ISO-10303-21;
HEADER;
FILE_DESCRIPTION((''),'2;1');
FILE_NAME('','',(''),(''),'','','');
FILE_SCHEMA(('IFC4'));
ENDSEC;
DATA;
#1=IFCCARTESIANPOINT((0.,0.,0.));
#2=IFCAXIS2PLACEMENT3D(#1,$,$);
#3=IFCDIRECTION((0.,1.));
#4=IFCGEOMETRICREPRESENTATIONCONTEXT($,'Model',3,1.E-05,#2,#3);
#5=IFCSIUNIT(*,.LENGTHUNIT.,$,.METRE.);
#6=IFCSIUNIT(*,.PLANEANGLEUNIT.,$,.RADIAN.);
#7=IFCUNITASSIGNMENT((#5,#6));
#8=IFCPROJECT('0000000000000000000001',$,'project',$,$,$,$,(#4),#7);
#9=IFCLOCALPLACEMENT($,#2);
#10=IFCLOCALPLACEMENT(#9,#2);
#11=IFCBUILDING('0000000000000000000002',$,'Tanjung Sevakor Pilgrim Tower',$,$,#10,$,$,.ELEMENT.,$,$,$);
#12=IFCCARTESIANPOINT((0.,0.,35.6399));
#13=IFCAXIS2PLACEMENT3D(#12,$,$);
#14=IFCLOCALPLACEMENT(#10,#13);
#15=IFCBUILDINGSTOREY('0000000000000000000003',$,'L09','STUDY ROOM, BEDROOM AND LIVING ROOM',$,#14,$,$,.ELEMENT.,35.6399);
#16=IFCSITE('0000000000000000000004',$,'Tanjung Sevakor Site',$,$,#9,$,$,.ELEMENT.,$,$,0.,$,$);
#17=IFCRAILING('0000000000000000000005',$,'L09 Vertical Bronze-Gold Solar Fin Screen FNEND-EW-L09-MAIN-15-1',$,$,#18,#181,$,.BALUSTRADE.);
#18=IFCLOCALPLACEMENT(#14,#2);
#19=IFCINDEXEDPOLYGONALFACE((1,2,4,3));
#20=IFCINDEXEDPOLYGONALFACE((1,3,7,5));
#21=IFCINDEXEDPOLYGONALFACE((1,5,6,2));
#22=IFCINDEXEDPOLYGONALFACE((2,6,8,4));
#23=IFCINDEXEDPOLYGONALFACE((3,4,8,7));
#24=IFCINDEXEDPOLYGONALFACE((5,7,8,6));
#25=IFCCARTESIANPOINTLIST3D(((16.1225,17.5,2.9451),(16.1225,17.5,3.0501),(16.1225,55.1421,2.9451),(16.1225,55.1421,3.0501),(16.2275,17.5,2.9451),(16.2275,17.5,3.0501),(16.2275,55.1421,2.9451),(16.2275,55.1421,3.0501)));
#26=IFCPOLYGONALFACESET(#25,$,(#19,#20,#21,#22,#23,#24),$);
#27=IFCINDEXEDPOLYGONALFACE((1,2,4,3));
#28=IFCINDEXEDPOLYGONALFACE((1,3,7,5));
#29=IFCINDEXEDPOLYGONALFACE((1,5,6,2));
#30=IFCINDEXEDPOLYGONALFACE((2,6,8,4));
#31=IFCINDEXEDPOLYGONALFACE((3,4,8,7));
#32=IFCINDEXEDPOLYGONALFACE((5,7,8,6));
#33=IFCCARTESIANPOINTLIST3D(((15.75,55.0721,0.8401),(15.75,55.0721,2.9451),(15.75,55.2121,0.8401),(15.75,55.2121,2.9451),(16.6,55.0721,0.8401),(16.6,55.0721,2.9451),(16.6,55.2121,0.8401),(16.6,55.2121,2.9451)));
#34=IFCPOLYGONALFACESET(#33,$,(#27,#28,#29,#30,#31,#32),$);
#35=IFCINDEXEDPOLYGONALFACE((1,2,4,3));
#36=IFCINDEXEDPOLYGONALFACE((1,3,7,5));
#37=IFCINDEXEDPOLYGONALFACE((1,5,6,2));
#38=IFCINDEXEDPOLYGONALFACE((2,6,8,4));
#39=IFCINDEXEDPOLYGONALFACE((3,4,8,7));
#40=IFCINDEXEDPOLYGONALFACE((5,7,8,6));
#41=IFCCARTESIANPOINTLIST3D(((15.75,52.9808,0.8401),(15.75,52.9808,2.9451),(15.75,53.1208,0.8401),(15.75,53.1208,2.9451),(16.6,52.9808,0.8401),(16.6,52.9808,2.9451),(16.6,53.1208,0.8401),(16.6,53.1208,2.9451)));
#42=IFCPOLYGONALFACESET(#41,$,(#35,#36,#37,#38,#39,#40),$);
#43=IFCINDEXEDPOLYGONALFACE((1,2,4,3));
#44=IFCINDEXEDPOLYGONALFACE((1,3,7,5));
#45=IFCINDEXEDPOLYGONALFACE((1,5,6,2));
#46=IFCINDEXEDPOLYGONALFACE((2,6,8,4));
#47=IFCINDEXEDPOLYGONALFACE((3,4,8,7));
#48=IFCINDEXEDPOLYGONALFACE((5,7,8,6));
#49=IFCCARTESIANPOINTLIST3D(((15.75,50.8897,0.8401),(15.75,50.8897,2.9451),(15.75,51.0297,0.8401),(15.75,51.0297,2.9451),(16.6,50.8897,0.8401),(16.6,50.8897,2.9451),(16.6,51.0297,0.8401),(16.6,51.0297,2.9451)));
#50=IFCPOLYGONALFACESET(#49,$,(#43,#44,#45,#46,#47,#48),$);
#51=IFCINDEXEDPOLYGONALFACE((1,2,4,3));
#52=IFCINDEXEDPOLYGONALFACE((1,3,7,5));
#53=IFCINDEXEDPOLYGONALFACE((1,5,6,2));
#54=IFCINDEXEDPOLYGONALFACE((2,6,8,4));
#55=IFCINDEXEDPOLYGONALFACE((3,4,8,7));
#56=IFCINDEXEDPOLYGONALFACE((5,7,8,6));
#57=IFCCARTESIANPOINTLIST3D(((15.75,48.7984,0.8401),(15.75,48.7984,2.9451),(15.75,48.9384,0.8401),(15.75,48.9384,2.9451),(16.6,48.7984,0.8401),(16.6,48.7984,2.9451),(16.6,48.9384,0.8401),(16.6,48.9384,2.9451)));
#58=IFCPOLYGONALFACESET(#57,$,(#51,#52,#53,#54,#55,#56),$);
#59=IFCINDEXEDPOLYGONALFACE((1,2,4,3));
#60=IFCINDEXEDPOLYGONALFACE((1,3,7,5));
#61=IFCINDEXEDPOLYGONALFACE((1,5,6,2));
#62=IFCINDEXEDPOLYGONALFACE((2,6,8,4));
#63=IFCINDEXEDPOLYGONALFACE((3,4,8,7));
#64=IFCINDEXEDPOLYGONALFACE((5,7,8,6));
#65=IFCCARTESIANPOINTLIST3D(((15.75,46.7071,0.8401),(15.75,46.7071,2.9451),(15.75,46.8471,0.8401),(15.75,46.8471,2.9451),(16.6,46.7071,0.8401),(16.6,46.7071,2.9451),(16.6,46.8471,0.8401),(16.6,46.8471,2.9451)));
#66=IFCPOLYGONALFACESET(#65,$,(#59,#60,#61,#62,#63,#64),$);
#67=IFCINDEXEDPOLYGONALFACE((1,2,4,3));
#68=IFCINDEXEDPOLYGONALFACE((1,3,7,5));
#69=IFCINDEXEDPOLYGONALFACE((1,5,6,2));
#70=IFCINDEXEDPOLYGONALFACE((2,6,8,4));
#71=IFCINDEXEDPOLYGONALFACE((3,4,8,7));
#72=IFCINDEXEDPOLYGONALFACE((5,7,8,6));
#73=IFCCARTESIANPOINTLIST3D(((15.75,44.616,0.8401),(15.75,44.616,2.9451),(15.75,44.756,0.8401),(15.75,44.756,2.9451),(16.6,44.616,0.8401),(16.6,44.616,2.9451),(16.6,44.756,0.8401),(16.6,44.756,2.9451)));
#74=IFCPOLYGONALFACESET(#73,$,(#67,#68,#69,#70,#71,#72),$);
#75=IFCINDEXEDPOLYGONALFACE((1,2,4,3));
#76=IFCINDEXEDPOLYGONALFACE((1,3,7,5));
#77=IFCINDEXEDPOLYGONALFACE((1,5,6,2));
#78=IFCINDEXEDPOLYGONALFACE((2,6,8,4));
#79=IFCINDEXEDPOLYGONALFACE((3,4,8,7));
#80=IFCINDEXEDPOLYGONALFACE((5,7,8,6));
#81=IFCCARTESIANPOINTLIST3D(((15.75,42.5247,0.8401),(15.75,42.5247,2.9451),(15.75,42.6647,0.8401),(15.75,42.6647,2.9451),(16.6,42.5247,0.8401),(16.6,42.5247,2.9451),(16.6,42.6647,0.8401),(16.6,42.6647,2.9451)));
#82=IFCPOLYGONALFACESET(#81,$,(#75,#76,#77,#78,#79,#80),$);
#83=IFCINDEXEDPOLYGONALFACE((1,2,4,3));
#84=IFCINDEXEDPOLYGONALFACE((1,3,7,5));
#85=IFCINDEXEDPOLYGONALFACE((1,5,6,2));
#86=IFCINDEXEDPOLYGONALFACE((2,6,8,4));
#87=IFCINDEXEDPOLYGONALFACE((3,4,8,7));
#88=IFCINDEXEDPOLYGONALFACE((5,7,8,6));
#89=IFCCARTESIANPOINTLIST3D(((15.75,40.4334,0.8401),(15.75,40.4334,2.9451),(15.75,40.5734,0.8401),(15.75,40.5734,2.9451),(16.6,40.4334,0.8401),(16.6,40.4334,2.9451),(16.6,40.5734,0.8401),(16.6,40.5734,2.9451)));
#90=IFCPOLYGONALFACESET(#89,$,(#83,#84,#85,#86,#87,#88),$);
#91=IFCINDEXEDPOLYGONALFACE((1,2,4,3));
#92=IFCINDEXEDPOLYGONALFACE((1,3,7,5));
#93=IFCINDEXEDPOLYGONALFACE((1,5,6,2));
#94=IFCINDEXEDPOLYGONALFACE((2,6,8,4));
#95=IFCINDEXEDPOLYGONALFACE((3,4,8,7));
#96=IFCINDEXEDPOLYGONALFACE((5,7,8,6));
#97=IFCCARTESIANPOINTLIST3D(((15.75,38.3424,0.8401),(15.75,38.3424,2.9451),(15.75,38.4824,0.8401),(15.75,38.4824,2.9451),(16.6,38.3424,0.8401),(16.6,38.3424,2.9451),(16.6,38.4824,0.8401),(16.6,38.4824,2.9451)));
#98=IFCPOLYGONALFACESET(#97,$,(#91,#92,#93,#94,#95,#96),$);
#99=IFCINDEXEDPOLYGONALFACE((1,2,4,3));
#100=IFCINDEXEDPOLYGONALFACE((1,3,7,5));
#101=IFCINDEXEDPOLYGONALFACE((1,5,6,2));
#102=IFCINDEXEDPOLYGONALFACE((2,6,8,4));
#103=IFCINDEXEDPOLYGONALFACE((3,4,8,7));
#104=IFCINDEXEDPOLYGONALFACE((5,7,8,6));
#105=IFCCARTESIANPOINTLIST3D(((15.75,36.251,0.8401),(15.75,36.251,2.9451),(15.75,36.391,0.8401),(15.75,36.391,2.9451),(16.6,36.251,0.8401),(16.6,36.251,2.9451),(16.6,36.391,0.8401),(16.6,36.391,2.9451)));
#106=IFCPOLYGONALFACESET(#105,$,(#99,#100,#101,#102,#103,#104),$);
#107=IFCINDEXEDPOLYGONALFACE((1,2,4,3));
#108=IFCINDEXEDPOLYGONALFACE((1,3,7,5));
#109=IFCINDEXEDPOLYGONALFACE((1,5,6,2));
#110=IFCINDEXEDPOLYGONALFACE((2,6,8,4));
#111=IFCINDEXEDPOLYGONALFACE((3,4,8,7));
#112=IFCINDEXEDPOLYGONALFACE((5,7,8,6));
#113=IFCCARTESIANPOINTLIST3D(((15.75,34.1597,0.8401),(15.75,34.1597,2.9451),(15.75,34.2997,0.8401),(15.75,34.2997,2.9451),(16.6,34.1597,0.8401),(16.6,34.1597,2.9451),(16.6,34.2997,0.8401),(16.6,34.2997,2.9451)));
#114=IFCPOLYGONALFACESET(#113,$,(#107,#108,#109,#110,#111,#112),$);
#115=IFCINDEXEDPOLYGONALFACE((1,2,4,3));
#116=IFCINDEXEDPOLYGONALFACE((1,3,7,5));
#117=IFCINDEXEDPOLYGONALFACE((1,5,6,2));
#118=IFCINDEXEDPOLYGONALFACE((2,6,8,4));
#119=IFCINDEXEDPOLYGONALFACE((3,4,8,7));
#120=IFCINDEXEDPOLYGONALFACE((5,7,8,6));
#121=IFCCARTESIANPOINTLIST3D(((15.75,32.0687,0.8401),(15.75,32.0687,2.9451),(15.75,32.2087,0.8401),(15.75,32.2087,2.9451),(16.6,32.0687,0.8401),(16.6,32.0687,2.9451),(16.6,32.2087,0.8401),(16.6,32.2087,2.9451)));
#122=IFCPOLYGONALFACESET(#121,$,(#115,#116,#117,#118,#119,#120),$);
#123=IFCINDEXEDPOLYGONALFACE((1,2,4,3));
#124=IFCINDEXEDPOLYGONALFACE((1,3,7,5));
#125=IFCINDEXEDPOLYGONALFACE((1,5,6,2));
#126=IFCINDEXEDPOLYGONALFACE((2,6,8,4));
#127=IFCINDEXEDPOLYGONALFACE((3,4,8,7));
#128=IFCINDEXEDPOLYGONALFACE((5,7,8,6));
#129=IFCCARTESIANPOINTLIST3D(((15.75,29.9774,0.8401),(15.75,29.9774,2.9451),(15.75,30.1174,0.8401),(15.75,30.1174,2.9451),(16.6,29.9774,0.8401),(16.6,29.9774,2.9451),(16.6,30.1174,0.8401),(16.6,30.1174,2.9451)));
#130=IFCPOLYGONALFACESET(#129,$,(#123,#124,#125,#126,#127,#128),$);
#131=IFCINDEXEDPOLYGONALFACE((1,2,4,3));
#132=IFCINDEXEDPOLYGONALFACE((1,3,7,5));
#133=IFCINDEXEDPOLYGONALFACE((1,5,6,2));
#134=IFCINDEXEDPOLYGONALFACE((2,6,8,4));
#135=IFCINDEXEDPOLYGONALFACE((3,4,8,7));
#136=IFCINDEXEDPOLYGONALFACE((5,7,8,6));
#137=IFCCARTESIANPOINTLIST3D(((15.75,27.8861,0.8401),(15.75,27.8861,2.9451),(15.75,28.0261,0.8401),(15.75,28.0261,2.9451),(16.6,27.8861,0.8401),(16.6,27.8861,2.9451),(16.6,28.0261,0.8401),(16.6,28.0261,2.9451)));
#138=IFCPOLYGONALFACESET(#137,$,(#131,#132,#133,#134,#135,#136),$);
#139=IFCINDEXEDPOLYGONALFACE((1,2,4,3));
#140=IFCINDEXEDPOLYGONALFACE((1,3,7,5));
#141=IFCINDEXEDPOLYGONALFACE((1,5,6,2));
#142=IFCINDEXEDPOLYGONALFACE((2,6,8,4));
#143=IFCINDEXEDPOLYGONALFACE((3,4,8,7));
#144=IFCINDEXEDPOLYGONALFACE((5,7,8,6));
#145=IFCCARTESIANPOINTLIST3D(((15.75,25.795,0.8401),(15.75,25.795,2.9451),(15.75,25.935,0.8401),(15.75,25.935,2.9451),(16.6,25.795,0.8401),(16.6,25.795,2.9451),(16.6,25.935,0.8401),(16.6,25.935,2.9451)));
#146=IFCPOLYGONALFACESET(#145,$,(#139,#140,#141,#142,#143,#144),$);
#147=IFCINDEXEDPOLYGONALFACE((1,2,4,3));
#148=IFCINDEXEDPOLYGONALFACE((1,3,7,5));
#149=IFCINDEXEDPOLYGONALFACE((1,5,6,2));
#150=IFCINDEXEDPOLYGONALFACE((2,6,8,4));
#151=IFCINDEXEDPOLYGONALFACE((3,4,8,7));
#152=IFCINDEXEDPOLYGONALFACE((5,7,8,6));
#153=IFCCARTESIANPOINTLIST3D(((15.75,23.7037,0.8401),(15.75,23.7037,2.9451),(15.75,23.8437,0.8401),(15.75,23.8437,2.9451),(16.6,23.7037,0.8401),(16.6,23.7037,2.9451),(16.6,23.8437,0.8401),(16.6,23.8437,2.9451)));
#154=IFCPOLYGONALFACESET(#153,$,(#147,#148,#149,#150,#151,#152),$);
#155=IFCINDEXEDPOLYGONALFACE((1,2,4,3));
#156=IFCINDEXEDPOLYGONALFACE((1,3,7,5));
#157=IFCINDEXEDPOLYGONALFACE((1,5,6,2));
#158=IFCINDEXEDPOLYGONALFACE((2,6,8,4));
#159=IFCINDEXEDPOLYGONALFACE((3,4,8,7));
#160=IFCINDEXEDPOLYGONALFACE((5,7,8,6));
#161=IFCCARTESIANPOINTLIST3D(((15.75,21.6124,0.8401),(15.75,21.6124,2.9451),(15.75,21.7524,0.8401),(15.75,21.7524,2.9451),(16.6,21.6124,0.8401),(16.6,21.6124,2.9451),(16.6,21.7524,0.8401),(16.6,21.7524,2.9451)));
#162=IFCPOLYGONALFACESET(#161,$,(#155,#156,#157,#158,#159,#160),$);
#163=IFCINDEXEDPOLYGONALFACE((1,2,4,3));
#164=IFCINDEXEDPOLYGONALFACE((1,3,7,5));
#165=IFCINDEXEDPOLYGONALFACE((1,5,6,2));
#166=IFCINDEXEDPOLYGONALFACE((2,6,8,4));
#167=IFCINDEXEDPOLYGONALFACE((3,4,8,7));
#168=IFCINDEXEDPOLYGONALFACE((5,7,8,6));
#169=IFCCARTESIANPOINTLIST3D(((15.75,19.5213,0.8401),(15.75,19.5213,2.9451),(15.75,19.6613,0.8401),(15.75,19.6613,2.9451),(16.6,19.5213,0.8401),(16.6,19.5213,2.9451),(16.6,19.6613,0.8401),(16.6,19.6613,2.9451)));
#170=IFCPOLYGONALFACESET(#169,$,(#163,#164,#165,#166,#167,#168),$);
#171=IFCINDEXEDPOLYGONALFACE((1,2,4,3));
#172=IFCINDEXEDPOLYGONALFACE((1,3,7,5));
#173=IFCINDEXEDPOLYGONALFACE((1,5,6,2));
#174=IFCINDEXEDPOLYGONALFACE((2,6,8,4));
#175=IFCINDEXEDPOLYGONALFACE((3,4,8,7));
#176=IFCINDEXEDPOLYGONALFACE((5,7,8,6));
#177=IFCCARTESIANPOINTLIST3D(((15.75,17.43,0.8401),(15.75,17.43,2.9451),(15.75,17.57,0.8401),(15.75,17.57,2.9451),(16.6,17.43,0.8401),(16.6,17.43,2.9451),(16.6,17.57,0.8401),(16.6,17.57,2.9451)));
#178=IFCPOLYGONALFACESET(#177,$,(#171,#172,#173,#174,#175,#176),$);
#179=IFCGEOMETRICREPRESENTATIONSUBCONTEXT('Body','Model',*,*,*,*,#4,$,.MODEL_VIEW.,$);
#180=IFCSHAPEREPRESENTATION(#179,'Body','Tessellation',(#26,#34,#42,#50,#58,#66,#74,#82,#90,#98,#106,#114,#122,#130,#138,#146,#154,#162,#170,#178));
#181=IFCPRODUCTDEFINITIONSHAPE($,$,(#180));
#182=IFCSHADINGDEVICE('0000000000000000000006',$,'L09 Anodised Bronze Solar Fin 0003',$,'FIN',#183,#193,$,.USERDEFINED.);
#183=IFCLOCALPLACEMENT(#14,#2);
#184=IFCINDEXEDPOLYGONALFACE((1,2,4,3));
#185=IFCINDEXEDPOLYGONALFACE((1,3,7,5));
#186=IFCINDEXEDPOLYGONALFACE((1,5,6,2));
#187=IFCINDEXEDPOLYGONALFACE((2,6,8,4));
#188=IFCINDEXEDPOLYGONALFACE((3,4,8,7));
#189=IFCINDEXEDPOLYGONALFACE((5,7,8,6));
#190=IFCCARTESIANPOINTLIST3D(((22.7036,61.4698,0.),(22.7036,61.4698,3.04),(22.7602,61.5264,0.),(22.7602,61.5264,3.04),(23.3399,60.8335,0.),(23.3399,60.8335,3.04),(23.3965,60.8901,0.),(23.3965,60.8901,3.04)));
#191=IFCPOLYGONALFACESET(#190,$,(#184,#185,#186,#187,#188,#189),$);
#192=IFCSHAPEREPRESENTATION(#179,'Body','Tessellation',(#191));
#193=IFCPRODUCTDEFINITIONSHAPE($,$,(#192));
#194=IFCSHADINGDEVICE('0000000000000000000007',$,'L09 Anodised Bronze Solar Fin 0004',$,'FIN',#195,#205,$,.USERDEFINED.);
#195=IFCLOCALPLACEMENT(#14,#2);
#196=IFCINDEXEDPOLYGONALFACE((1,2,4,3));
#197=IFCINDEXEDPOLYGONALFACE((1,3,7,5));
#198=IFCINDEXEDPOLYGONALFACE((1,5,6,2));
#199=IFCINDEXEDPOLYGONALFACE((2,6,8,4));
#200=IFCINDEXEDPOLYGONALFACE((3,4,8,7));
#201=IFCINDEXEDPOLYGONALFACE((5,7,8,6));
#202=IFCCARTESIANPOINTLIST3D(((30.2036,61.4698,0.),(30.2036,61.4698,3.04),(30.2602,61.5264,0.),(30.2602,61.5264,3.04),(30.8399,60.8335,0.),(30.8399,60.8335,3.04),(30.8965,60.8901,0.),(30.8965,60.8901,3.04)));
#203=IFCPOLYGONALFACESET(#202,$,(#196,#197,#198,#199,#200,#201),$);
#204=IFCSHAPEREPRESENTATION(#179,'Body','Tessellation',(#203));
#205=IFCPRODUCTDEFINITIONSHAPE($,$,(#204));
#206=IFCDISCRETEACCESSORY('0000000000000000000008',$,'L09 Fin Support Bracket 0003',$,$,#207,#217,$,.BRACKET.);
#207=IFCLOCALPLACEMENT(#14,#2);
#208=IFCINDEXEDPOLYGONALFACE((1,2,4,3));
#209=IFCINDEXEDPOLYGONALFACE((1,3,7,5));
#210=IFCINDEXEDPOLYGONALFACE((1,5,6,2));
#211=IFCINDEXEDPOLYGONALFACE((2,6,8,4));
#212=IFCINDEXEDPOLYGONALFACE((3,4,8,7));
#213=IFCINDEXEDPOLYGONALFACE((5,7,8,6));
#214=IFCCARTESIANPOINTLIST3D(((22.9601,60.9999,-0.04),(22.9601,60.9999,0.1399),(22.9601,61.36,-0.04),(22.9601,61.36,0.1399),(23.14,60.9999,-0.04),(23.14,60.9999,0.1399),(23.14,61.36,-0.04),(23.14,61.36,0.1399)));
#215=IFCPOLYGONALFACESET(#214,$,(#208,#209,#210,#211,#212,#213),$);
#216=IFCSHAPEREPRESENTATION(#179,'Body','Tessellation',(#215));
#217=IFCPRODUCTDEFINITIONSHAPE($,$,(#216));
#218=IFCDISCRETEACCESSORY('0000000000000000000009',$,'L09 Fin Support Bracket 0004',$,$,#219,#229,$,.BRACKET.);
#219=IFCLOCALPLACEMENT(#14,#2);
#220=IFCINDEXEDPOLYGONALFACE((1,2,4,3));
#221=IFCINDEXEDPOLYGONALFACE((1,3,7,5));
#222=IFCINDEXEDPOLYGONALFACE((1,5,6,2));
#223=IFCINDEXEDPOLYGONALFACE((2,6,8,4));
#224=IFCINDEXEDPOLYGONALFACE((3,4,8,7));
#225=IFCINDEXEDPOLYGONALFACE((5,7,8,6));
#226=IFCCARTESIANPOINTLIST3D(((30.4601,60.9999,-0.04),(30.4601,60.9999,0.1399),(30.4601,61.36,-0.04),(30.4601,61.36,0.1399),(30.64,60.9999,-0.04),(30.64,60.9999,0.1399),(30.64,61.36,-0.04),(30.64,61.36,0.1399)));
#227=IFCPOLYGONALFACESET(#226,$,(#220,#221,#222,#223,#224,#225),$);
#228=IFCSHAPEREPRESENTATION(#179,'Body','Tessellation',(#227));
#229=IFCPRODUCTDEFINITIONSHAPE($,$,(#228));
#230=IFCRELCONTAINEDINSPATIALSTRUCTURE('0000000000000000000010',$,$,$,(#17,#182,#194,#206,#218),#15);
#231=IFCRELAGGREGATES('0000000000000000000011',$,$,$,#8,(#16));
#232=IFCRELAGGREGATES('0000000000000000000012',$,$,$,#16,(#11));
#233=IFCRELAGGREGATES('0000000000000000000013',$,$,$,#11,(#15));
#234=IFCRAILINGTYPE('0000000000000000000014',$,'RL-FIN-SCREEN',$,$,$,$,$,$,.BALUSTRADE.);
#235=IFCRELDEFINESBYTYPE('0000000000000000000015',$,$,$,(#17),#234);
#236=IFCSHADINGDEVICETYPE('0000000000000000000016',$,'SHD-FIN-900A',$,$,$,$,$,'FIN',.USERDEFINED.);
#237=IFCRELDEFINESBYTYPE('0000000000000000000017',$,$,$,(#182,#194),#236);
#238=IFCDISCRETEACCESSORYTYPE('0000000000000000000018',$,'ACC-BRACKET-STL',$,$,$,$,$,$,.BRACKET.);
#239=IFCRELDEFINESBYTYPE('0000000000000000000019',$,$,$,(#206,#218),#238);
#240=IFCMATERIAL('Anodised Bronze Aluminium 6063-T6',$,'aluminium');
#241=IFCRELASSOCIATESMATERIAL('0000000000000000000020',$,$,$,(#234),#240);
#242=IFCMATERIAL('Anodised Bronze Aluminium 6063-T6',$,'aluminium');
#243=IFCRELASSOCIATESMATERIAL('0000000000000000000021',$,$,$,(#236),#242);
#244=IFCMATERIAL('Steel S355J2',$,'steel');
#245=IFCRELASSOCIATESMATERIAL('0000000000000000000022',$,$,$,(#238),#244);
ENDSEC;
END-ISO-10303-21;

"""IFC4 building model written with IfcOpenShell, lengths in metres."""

from ifc_helpers import new_model, si_unit, direction, frame, origin, origin_2d, place, context, subcontext, project, spatial, rectangle, extrude, material, type_object, element, save


model = new_model("IFC4")

# Units and contexts
model_context = context("Model", 3, precision=1e-05, world=origin(), true_north=direction((0.0, 1.0)))
body_context = subcontext(model_context, "Body", "Model", "MODEL_VIEW")
ifc_project = project(units=[si_unit("LENGTHUNIT", "METRE"), si_unit("PLANEANGLEUNIT", "RADIAN")], contexts=[model_context])

# Site, building, storey
site_placement = place(None, origin())
site = spatial("IfcSite", under=ifc_project, at=site_placement, Name="Tanjung Sevakor Site", CompositionType="ELEMENT", RefElevation=0.0)
building_placement = place(site_placement, origin())
building = spatial("IfcBuilding", under=site, at=building_placement, Name="Tanjung Sevakor Pilgrim Tower", CompositionType="ELEMENT")
storey_placement = place(building_placement, frame((0.0, 0.0, 35.6399)))
storey = spatial("IfcBuildingStorey", under=building, at=storey_placement, Name="L09", Description="STUDY ROOM, BEDROOM AND LIVING ROOM", CompositionType="ELEMENT", Elevation=35.6399)

# Railing
ifc_material_1 = material(Name="Anodised Bronze Aluminium 6063-T6", Category="aluminium")
railing_type_1 = type_object("IfcRailingType", Name="RL-FIN-SCREEN", PredefinedType="BALUSTRADE", material=ifc_material_1)
railing_1_placement = place(storey_placement, frame((16.175, 55.1421, 0.8401)))
element("IfcRailing", 1, at=railing_1_placement, inside=storey, type_object=railing_type_1, Name="L09 Vertical Bronze-Gold Solar Fin Screen FNEND-EW-L09-MAIN-15-1", PredefinedType="BALUSTRADE", context=body_context, shape_type="SweptSolid", body=[
    extrude(rectangle(XDim=0.105, YDim=0.105), frame((0.0, 0.0, 2.1575), z_axis=(0.0, -1.0, 0.0), x_axis=(1.0, 0.0, 0.0)), (0.0, 0.0, 1.0), 37.6421),
    extrude(rectangle(XDim=0.85, YDim=0.14), origin(), (0.0, 0.0, 1.0), 2.105),
    extrude(rectangle(XDim=0.85, YDim=0.14), frame((0.0, -2.0913, 0.0)), (0.0, 0.0, 1.0), 2.105),
    extrude(rectangle(XDim=0.85, YDim=0.14), frame((0.0, -4.1824, 0.0)), (0.0, 0.0, 1.0), 2.105),
    extrude(rectangle(XDim=0.85, YDim=0.14), frame((0.0, -6.2737, 0.0)), (0.0, 0.0, 1.0), 2.105),
    extrude(rectangle(XDim=0.85, YDim=0.14), frame((0.0, -8.365, 0.0)), (0.0, 0.0, 1.0), 2.105),
    extrude(rectangle(XDim=0.85, YDim=0.14), frame((0.0, -10.4561, 0.0)), (0.0, 0.0, 1.0), 2.105),
    extrude(rectangle(XDim=0.85, YDim=0.14), frame((0.0, -12.5474, 0.0)), (0.0, 0.0, 1.0), 2.105),
    extrude(rectangle(XDim=0.85, YDim=0.14), frame((0.0, -14.6387, 0.0)), (0.0, 0.0, 1.0), 2.105),
    extrude(rectangle(XDim=0.85, YDim=0.14), frame((0.0, -16.7297, 0.0)), (0.0, 0.0, 1.0), 2.105),
    extrude(rectangle(XDim=0.85, YDim=0.14), frame((0.0, -18.821, 0.0)), (0.0, 0.0, 1.0), 2.105),
    extrude(rectangle(XDim=0.85, YDim=0.14), frame((0.0, -20.9124, 0.0)), (0.0, 0.0, 1.0), 2.105),
    extrude(rectangle(XDim=0.85, YDim=0.14), frame((0.0, -23.0034, 0.0)), (0.0, 0.0, 1.0), 2.105),
    extrude(rectangle(XDim=0.85, YDim=0.14), frame((0.0, -25.0947, 0.0)), (0.0, 0.0, 1.0), 2.105),
    extrude(rectangle(XDim=0.85, YDim=0.14), frame((0.0, -27.186, 0.0)), (0.0, 0.0, 1.0), 2.105),
    extrude(rectangle(XDim=0.85, YDim=0.14), frame((0.0, -29.2771, 0.0)), (0.0, 0.0, 1.0), 2.105),
    extrude(rectangle(XDim=0.85, YDim=0.14), frame((0.0, -31.3684, 0.0)), (0.0, 0.0, 1.0), 2.105),
    extrude(rectangle(XDim=0.85, YDim=0.14), frame((0.0, -33.4597, 0.0)), (0.0, 0.0, 1.0), 2.105),
    extrude(rectangle(XDim=0.85, YDim=0.14), frame((0.0, -35.5508, 0.0)), (0.0, 0.0, 1.0), 2.105),
    extrude(rectangle(XDim=0.85, YDim=0.14), frame((0.0, -37.6421, 0.0)), (0.0, 0.0, 1.0), 2.105),
])

# Shading devices
ifc_material_2 = material(Name="Anodised Bronze Aluminium 6063-T6", Category="aluminium")
shading_device_type = type_object("IfcShadingDeviceType", Name="SHD-FIN-900A", ElementType="FIN", PredefinedType="USERDEFINED", material=ifc_material_2)
for number, where, z_axis, x_axis, name in (
    (2, (23.05, 61.1799, 0.0), (0.0, 0.0, 1.0), (0.707107, 0.707107, 0.0), "L09 Anodised Bronze Solar Fin 0003"),
    (3, (30.55, 61.1799, 0.0), (0.0, 0.0, 1.0), (0.707107, 0.707107, 0.0), "L09 Anodised Bronze Solar Fin 0004"),
):
    element("IfcShadingDevice", number, at=place(storey_placement, frame(where, z_axis=z_axis, x_axis=x_axis)), inside=storey, type_object=shading_device_type, Name=name, ObjectType="FIN", PredefinedType="USERDEFINED", context=body_context, shape_type="SweptSolid", body=[
        extrude(rectangle(XDim=0.0801, YDim=0.8999, at=origin_2d()), origin(), (0.0, 0.0, 1.0), 3.04),
    ])

# Discrete accessories
ifc_material_3 = material(Name="Steel S355J2", Category="steel")
discrete_accessory_type = type_object("IfcDiscreteAccessoryType", Name="ACC-BRACKET-STL", PredefinedType="BRACKET", material=ifc_material_3)
for number, where, z_axis, x_axis, name in (
    (4, (23.05, 61.1799, -0.04), (0.0, 0.0, 1.0), (1.0, 0.0, 0.0), "L09 Fin Support Bracket 0003"),
    (5, (30.55, 61.1799, -0.04), (0.0, 0.0, 1.0), (1.0, 0.0, 0.0), "L09 Fin Support Bracket 0004"),
):
    element("IfcDiscreteAccessory", number, at=place(storey_placement, frame(where, z_axis=z_axis, x_axis=x_axis)), inside=storey, type_object=discrete_accessory_type, Name=name, PredefinedType="BRACKET", context=body_context, shape_type="SweptSolid", body=[
        extrude(rectangle(XDim=0.1799, YDim=0.3601, at=origin_2d()), origin(), (0.0, 0.0, 1.0), 0.1799),
    ])

save(model, "model.ifc")
